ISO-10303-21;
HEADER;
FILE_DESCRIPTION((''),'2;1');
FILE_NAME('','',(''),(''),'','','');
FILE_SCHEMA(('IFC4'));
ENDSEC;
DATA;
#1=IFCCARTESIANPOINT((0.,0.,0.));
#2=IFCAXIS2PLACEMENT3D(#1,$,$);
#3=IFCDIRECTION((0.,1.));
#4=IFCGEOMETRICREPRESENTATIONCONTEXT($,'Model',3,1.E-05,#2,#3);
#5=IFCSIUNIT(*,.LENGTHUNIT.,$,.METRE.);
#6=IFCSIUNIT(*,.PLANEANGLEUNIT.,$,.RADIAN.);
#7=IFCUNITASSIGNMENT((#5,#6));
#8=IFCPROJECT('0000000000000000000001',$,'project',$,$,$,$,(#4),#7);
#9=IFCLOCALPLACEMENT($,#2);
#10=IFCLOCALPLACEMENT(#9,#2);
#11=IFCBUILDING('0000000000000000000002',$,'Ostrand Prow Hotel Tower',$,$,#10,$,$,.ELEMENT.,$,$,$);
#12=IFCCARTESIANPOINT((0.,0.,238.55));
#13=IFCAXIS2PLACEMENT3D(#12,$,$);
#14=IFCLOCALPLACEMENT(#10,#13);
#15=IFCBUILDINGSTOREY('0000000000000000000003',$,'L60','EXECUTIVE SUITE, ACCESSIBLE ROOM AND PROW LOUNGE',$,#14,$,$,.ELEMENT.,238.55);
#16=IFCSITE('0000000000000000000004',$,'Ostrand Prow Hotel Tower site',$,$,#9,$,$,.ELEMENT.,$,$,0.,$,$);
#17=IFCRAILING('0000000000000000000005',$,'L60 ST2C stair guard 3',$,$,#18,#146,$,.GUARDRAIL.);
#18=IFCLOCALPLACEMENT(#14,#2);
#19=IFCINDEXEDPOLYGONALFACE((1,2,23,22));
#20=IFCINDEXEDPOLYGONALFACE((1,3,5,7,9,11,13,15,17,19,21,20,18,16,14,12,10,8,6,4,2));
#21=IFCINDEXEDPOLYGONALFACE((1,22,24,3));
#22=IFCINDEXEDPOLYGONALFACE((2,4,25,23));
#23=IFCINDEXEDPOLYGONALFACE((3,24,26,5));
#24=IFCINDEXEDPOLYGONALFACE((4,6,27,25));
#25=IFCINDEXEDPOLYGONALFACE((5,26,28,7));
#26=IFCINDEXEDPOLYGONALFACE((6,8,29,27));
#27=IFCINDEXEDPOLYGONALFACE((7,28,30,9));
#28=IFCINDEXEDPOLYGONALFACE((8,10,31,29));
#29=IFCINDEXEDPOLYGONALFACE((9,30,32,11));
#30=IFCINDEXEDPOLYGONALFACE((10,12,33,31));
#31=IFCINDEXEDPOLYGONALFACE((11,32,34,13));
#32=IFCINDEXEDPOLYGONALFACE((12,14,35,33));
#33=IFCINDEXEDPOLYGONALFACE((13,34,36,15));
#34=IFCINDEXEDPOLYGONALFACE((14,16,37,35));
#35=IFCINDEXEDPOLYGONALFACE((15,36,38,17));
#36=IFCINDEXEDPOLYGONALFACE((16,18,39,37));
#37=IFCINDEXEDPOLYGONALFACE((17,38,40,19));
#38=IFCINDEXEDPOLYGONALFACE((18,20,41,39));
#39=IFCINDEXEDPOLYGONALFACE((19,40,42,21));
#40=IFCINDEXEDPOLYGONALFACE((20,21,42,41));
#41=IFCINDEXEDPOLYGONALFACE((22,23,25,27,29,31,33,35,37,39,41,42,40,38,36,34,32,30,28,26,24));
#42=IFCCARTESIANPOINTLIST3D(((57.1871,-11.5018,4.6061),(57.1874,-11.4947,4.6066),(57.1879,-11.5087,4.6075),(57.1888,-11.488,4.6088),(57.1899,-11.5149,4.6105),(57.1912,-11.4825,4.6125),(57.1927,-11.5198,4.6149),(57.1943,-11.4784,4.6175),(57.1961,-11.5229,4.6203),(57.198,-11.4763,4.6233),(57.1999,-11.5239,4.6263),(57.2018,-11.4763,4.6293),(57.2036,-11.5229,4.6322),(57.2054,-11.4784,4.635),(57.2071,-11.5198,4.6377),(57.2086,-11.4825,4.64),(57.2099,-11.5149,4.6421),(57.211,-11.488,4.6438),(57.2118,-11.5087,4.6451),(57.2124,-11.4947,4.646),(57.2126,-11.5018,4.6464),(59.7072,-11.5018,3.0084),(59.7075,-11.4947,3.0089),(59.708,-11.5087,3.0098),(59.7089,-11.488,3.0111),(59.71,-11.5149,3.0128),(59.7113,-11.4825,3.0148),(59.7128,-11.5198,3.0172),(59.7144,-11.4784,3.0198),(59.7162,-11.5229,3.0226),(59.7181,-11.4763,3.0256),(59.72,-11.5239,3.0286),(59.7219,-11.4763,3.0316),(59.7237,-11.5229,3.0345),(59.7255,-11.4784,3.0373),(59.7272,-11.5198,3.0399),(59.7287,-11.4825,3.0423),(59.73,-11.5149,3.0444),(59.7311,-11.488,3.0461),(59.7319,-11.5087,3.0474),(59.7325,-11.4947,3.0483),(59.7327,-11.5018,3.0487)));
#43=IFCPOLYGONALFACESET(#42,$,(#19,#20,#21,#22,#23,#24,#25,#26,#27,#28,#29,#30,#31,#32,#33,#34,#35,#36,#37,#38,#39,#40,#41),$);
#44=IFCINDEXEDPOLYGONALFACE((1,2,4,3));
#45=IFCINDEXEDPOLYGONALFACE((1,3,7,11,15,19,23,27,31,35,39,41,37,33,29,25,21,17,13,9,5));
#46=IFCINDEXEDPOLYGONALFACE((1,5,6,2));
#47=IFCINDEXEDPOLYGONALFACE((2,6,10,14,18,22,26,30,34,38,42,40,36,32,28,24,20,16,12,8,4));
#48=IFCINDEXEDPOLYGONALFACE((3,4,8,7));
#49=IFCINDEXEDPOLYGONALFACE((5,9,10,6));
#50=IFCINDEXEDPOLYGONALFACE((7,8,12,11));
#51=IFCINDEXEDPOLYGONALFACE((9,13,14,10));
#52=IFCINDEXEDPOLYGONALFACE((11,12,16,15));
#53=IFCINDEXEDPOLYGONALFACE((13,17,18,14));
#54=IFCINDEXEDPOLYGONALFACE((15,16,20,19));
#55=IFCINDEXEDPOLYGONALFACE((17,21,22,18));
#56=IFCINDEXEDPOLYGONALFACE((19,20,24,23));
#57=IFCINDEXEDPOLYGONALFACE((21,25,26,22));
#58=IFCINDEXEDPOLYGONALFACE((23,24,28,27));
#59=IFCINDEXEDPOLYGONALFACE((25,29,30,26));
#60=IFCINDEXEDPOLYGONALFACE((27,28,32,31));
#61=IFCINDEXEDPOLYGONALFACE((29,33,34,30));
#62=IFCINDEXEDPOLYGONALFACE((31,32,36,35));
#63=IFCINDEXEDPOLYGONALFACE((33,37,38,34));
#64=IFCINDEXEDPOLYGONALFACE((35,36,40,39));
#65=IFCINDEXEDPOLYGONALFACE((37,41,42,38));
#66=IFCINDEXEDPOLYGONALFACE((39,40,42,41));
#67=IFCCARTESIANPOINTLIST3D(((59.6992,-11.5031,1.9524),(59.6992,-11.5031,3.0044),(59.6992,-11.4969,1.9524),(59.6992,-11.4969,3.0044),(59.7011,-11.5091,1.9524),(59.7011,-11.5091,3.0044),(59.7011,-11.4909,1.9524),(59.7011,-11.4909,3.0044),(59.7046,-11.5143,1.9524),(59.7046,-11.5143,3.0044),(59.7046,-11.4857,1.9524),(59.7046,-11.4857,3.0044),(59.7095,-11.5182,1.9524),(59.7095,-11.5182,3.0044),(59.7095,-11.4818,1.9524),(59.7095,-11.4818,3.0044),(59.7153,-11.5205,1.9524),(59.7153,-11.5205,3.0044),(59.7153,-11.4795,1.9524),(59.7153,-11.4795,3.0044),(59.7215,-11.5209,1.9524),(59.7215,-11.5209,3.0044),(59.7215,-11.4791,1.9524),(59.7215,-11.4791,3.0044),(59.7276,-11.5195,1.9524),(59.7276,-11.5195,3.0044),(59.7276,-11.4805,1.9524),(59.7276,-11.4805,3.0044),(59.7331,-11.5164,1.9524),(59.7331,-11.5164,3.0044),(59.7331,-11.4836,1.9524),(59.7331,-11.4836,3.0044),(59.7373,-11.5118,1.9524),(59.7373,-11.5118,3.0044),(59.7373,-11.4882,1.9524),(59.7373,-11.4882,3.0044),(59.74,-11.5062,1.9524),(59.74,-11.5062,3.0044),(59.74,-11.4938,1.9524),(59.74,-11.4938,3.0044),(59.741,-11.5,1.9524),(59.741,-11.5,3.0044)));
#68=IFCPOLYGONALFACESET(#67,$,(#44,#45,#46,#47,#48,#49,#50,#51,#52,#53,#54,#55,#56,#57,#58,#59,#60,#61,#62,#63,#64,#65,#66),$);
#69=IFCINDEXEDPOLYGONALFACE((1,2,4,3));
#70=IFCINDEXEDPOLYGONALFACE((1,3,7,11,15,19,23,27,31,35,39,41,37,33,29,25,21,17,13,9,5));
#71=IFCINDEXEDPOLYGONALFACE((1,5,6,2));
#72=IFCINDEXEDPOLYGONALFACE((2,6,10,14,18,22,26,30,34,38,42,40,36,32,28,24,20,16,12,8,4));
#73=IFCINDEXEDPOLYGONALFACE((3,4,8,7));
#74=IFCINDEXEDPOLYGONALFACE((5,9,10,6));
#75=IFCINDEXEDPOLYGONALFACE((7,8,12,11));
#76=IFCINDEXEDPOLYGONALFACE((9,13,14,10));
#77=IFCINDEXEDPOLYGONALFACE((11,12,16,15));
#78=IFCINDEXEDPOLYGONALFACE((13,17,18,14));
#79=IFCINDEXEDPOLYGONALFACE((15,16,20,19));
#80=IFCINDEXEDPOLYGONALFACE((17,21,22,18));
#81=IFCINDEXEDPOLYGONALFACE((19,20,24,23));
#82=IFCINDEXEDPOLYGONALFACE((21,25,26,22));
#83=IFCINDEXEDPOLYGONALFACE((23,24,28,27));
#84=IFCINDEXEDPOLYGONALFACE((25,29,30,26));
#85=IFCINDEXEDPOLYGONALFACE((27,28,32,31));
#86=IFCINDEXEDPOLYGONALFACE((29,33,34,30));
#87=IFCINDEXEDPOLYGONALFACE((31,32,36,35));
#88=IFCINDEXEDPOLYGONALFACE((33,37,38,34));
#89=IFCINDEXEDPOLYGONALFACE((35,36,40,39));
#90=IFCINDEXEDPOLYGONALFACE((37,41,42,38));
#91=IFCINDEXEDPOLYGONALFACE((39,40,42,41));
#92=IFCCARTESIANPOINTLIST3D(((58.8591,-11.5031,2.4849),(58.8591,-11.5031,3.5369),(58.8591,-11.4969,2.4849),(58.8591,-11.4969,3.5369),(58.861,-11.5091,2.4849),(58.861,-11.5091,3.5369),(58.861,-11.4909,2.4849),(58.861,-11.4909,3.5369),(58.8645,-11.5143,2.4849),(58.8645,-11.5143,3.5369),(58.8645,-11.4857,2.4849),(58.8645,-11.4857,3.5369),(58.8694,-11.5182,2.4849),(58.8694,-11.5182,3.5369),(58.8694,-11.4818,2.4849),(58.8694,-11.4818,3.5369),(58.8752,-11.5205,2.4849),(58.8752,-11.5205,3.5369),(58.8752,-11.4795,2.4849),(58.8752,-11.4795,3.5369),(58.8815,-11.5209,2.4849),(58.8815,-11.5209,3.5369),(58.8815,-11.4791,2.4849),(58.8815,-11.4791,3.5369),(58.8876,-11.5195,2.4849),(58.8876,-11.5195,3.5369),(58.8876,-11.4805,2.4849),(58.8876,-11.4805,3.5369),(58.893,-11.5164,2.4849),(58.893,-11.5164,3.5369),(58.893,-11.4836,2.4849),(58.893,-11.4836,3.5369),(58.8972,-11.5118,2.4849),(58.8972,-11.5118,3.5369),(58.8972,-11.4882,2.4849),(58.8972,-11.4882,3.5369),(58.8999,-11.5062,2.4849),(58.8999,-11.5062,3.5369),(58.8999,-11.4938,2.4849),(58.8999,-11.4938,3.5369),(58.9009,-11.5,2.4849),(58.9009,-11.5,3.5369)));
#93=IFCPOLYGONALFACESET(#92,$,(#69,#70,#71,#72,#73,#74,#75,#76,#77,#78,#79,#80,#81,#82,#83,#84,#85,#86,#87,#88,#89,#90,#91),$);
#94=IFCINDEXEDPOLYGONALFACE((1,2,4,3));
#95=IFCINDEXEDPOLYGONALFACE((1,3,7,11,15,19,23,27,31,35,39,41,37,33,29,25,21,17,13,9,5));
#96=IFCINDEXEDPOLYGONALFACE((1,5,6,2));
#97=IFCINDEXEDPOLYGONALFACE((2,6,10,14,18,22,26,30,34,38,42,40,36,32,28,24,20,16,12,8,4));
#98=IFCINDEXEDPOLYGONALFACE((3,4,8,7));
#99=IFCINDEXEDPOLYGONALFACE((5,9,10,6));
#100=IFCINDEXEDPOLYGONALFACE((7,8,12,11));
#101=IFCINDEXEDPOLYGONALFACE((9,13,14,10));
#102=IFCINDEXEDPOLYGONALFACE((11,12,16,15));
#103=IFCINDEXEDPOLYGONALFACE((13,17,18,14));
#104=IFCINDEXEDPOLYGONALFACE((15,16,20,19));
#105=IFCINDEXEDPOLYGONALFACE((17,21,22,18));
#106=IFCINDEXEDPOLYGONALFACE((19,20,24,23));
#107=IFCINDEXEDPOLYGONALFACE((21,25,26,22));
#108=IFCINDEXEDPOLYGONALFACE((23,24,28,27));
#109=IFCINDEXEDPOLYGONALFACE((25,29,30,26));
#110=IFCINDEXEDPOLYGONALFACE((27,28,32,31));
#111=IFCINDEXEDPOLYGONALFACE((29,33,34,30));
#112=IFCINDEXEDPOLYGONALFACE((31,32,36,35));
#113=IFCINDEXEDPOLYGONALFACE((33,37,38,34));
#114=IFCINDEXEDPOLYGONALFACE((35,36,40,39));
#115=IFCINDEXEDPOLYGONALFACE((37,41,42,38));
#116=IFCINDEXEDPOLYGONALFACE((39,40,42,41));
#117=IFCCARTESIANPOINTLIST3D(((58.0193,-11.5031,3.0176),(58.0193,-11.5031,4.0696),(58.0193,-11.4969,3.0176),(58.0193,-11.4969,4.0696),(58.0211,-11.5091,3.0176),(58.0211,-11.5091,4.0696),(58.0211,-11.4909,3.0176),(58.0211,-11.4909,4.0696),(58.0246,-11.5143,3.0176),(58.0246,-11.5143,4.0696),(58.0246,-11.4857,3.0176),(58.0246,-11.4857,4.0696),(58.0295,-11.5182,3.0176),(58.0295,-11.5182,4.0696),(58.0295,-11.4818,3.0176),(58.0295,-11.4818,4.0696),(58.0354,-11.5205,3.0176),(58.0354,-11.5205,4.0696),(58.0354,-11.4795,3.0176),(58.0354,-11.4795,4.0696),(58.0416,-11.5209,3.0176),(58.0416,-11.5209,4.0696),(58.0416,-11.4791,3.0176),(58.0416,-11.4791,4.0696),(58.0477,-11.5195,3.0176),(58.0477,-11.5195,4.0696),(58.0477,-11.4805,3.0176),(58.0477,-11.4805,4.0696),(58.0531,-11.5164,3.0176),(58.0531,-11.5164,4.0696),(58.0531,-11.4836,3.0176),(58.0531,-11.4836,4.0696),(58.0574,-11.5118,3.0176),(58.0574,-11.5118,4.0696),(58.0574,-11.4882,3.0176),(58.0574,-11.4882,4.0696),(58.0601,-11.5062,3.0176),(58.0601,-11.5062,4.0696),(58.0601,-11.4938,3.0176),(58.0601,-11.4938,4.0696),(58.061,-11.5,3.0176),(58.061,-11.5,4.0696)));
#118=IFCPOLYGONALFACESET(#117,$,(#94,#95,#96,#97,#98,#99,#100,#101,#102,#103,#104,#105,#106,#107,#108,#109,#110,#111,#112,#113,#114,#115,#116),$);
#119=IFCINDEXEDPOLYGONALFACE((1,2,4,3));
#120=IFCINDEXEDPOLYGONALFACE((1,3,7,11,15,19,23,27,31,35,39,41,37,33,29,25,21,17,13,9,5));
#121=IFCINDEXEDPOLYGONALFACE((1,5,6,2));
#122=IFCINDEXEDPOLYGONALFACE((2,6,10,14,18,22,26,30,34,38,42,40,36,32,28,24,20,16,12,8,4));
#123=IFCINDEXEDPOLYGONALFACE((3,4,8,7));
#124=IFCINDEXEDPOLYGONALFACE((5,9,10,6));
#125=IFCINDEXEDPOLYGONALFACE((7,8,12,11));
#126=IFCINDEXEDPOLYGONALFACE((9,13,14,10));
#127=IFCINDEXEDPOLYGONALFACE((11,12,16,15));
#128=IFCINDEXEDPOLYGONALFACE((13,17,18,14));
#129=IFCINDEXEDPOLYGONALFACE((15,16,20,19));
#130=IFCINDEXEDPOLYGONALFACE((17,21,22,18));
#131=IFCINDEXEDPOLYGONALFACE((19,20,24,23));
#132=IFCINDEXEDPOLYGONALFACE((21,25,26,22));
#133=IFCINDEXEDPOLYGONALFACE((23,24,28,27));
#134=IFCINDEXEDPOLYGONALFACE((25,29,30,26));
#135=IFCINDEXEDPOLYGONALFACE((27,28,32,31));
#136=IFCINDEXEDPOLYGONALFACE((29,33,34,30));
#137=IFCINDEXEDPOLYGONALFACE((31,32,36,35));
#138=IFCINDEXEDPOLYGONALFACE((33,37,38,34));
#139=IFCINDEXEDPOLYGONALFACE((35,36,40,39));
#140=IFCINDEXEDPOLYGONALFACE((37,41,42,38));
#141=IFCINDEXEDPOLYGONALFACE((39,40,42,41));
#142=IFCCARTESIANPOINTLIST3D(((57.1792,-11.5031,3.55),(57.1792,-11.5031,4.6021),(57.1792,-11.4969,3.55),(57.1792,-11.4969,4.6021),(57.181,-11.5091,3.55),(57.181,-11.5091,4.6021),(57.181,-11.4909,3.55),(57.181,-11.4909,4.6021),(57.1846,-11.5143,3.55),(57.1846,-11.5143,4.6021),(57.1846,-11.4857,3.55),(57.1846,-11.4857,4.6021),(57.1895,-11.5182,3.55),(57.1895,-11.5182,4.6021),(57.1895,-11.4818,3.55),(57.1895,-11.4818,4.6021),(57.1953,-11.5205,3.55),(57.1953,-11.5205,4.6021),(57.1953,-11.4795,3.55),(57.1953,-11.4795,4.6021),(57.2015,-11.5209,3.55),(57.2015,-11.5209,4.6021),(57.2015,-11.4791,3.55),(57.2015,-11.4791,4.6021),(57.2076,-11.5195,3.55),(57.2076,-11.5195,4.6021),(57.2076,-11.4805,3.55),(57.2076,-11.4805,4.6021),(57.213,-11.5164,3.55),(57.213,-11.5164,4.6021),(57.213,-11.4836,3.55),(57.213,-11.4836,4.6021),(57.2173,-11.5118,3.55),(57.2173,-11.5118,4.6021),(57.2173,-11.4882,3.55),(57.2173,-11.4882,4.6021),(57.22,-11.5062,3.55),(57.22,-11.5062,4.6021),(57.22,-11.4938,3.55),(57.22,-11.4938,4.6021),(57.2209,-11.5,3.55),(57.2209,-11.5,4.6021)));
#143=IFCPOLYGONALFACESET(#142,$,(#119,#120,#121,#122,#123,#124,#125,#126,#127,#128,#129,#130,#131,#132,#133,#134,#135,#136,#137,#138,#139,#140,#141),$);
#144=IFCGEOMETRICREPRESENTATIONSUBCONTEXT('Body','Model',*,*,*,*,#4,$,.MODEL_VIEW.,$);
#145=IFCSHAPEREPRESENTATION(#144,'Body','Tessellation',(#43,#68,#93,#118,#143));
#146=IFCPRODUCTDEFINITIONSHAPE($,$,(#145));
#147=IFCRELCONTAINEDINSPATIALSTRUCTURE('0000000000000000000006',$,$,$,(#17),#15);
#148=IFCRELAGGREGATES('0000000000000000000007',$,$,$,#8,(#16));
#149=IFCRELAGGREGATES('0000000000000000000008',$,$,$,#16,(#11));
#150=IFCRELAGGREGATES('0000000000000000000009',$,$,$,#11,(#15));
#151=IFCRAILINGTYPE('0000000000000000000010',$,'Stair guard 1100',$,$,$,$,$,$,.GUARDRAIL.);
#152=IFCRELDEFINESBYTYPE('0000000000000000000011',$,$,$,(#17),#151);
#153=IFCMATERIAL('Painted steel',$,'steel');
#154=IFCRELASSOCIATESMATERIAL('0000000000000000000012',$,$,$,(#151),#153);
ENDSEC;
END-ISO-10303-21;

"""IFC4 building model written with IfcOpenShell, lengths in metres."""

from ifc_helpers import new_model, si_unit, direction, frame, origin, origin_2d, place, context, subcontext, project, spatial, circle, extrude, material, type_object, element, save


model = new_model("IFC4")

# Units and contexts
model_context = context("Model", 3, precision=1e-05, world=origin(), true_north=direction((0.0, 1.0)))
body_context = subcontext(model_context, "Body", "Model", "MODEL_VIEW")
ifc_project = project(units=[si_unit("LENGTHUNIT", "METRE"), si_unit("PLANEANGLEUNIT", "RADIAN")], contexts=[model_context])

# Site, building, storey
site_placement = place(None, origin())
site = spatial("IfcSite", under=ifc_project, at=site_placement, Name="Ostrand Prow Hotel Tower site", CompositionType="ELEMENT", RefElevation=0.0)
building_placement = place(site_placement, origin())
building = spatial("IfcBuilding", under=site, at=building_placement, Name="Ostrand Prow Hotel Tower", CompositionType="ELEMENT")
storey_placement = place(building_placement, frame((0.0, 0.0, 238.55)))
storey = spatial("IfcBuildingStorey", under=building, at=storey_placement, Name="L60", Description="EXECUTIVE SUITE, ACCESSIBLE ROOM AND PROW LOUNGE", CompositionType="ELEMENT", Elevation=238.55)

# Railing
ifc_material_1 = material(Name="Painted steel", Category="steel")
railing_type_1 = type_object("IfcRailingType", Name="Stair guard 1100", PredefinedType="GUARDRAIL", material=ifc_material_1)
railing_1_placement = place(storey_placement, frame((59.72, -11.5, 1.9524)))
element("IfcRailing", 1, at=railing_1_placement, inside=storey, type_object=railing_type_1, Name="L60 ST2C stair guard 3", PredefinedType="GUARDRAIL", context=body_context, shape_type="SweptSolid", body=[
    extrude(circle(Radius=0.0239, at=origin_2d()), frame((0.0, 0.0, 1.0762), z_axis=(-0.84457, 0.0, 0.535445), x_axis=(0.0, -1.0, 0.0)), (0.0, 0.0, 1.0), 2.9839),
    extrude(circle(Radius=0.021, at=origin_2d()), origin(), (0.0, 0.0, 1.0), 1.052),
    extrude(circle(Radius=0.021, at=origin_2d()), frame((-0.8401, 0.0, 0.5325)), (0.0, 0.0, 1.0), 1.052),
    extrude(circle(Radius=0.021, at=origin_2d()), frame((-1.6799, 0.0, 1.0652)), (0.0, 0.0, 1.0), 1.052),
    extrude(circle(Radius=0.021, at=origin_2d()), frame((-2.52, 0.0, 1.5977)), (0.0, 0.0, 1.0), 1.052),
])

save(model, "model.ifc")
